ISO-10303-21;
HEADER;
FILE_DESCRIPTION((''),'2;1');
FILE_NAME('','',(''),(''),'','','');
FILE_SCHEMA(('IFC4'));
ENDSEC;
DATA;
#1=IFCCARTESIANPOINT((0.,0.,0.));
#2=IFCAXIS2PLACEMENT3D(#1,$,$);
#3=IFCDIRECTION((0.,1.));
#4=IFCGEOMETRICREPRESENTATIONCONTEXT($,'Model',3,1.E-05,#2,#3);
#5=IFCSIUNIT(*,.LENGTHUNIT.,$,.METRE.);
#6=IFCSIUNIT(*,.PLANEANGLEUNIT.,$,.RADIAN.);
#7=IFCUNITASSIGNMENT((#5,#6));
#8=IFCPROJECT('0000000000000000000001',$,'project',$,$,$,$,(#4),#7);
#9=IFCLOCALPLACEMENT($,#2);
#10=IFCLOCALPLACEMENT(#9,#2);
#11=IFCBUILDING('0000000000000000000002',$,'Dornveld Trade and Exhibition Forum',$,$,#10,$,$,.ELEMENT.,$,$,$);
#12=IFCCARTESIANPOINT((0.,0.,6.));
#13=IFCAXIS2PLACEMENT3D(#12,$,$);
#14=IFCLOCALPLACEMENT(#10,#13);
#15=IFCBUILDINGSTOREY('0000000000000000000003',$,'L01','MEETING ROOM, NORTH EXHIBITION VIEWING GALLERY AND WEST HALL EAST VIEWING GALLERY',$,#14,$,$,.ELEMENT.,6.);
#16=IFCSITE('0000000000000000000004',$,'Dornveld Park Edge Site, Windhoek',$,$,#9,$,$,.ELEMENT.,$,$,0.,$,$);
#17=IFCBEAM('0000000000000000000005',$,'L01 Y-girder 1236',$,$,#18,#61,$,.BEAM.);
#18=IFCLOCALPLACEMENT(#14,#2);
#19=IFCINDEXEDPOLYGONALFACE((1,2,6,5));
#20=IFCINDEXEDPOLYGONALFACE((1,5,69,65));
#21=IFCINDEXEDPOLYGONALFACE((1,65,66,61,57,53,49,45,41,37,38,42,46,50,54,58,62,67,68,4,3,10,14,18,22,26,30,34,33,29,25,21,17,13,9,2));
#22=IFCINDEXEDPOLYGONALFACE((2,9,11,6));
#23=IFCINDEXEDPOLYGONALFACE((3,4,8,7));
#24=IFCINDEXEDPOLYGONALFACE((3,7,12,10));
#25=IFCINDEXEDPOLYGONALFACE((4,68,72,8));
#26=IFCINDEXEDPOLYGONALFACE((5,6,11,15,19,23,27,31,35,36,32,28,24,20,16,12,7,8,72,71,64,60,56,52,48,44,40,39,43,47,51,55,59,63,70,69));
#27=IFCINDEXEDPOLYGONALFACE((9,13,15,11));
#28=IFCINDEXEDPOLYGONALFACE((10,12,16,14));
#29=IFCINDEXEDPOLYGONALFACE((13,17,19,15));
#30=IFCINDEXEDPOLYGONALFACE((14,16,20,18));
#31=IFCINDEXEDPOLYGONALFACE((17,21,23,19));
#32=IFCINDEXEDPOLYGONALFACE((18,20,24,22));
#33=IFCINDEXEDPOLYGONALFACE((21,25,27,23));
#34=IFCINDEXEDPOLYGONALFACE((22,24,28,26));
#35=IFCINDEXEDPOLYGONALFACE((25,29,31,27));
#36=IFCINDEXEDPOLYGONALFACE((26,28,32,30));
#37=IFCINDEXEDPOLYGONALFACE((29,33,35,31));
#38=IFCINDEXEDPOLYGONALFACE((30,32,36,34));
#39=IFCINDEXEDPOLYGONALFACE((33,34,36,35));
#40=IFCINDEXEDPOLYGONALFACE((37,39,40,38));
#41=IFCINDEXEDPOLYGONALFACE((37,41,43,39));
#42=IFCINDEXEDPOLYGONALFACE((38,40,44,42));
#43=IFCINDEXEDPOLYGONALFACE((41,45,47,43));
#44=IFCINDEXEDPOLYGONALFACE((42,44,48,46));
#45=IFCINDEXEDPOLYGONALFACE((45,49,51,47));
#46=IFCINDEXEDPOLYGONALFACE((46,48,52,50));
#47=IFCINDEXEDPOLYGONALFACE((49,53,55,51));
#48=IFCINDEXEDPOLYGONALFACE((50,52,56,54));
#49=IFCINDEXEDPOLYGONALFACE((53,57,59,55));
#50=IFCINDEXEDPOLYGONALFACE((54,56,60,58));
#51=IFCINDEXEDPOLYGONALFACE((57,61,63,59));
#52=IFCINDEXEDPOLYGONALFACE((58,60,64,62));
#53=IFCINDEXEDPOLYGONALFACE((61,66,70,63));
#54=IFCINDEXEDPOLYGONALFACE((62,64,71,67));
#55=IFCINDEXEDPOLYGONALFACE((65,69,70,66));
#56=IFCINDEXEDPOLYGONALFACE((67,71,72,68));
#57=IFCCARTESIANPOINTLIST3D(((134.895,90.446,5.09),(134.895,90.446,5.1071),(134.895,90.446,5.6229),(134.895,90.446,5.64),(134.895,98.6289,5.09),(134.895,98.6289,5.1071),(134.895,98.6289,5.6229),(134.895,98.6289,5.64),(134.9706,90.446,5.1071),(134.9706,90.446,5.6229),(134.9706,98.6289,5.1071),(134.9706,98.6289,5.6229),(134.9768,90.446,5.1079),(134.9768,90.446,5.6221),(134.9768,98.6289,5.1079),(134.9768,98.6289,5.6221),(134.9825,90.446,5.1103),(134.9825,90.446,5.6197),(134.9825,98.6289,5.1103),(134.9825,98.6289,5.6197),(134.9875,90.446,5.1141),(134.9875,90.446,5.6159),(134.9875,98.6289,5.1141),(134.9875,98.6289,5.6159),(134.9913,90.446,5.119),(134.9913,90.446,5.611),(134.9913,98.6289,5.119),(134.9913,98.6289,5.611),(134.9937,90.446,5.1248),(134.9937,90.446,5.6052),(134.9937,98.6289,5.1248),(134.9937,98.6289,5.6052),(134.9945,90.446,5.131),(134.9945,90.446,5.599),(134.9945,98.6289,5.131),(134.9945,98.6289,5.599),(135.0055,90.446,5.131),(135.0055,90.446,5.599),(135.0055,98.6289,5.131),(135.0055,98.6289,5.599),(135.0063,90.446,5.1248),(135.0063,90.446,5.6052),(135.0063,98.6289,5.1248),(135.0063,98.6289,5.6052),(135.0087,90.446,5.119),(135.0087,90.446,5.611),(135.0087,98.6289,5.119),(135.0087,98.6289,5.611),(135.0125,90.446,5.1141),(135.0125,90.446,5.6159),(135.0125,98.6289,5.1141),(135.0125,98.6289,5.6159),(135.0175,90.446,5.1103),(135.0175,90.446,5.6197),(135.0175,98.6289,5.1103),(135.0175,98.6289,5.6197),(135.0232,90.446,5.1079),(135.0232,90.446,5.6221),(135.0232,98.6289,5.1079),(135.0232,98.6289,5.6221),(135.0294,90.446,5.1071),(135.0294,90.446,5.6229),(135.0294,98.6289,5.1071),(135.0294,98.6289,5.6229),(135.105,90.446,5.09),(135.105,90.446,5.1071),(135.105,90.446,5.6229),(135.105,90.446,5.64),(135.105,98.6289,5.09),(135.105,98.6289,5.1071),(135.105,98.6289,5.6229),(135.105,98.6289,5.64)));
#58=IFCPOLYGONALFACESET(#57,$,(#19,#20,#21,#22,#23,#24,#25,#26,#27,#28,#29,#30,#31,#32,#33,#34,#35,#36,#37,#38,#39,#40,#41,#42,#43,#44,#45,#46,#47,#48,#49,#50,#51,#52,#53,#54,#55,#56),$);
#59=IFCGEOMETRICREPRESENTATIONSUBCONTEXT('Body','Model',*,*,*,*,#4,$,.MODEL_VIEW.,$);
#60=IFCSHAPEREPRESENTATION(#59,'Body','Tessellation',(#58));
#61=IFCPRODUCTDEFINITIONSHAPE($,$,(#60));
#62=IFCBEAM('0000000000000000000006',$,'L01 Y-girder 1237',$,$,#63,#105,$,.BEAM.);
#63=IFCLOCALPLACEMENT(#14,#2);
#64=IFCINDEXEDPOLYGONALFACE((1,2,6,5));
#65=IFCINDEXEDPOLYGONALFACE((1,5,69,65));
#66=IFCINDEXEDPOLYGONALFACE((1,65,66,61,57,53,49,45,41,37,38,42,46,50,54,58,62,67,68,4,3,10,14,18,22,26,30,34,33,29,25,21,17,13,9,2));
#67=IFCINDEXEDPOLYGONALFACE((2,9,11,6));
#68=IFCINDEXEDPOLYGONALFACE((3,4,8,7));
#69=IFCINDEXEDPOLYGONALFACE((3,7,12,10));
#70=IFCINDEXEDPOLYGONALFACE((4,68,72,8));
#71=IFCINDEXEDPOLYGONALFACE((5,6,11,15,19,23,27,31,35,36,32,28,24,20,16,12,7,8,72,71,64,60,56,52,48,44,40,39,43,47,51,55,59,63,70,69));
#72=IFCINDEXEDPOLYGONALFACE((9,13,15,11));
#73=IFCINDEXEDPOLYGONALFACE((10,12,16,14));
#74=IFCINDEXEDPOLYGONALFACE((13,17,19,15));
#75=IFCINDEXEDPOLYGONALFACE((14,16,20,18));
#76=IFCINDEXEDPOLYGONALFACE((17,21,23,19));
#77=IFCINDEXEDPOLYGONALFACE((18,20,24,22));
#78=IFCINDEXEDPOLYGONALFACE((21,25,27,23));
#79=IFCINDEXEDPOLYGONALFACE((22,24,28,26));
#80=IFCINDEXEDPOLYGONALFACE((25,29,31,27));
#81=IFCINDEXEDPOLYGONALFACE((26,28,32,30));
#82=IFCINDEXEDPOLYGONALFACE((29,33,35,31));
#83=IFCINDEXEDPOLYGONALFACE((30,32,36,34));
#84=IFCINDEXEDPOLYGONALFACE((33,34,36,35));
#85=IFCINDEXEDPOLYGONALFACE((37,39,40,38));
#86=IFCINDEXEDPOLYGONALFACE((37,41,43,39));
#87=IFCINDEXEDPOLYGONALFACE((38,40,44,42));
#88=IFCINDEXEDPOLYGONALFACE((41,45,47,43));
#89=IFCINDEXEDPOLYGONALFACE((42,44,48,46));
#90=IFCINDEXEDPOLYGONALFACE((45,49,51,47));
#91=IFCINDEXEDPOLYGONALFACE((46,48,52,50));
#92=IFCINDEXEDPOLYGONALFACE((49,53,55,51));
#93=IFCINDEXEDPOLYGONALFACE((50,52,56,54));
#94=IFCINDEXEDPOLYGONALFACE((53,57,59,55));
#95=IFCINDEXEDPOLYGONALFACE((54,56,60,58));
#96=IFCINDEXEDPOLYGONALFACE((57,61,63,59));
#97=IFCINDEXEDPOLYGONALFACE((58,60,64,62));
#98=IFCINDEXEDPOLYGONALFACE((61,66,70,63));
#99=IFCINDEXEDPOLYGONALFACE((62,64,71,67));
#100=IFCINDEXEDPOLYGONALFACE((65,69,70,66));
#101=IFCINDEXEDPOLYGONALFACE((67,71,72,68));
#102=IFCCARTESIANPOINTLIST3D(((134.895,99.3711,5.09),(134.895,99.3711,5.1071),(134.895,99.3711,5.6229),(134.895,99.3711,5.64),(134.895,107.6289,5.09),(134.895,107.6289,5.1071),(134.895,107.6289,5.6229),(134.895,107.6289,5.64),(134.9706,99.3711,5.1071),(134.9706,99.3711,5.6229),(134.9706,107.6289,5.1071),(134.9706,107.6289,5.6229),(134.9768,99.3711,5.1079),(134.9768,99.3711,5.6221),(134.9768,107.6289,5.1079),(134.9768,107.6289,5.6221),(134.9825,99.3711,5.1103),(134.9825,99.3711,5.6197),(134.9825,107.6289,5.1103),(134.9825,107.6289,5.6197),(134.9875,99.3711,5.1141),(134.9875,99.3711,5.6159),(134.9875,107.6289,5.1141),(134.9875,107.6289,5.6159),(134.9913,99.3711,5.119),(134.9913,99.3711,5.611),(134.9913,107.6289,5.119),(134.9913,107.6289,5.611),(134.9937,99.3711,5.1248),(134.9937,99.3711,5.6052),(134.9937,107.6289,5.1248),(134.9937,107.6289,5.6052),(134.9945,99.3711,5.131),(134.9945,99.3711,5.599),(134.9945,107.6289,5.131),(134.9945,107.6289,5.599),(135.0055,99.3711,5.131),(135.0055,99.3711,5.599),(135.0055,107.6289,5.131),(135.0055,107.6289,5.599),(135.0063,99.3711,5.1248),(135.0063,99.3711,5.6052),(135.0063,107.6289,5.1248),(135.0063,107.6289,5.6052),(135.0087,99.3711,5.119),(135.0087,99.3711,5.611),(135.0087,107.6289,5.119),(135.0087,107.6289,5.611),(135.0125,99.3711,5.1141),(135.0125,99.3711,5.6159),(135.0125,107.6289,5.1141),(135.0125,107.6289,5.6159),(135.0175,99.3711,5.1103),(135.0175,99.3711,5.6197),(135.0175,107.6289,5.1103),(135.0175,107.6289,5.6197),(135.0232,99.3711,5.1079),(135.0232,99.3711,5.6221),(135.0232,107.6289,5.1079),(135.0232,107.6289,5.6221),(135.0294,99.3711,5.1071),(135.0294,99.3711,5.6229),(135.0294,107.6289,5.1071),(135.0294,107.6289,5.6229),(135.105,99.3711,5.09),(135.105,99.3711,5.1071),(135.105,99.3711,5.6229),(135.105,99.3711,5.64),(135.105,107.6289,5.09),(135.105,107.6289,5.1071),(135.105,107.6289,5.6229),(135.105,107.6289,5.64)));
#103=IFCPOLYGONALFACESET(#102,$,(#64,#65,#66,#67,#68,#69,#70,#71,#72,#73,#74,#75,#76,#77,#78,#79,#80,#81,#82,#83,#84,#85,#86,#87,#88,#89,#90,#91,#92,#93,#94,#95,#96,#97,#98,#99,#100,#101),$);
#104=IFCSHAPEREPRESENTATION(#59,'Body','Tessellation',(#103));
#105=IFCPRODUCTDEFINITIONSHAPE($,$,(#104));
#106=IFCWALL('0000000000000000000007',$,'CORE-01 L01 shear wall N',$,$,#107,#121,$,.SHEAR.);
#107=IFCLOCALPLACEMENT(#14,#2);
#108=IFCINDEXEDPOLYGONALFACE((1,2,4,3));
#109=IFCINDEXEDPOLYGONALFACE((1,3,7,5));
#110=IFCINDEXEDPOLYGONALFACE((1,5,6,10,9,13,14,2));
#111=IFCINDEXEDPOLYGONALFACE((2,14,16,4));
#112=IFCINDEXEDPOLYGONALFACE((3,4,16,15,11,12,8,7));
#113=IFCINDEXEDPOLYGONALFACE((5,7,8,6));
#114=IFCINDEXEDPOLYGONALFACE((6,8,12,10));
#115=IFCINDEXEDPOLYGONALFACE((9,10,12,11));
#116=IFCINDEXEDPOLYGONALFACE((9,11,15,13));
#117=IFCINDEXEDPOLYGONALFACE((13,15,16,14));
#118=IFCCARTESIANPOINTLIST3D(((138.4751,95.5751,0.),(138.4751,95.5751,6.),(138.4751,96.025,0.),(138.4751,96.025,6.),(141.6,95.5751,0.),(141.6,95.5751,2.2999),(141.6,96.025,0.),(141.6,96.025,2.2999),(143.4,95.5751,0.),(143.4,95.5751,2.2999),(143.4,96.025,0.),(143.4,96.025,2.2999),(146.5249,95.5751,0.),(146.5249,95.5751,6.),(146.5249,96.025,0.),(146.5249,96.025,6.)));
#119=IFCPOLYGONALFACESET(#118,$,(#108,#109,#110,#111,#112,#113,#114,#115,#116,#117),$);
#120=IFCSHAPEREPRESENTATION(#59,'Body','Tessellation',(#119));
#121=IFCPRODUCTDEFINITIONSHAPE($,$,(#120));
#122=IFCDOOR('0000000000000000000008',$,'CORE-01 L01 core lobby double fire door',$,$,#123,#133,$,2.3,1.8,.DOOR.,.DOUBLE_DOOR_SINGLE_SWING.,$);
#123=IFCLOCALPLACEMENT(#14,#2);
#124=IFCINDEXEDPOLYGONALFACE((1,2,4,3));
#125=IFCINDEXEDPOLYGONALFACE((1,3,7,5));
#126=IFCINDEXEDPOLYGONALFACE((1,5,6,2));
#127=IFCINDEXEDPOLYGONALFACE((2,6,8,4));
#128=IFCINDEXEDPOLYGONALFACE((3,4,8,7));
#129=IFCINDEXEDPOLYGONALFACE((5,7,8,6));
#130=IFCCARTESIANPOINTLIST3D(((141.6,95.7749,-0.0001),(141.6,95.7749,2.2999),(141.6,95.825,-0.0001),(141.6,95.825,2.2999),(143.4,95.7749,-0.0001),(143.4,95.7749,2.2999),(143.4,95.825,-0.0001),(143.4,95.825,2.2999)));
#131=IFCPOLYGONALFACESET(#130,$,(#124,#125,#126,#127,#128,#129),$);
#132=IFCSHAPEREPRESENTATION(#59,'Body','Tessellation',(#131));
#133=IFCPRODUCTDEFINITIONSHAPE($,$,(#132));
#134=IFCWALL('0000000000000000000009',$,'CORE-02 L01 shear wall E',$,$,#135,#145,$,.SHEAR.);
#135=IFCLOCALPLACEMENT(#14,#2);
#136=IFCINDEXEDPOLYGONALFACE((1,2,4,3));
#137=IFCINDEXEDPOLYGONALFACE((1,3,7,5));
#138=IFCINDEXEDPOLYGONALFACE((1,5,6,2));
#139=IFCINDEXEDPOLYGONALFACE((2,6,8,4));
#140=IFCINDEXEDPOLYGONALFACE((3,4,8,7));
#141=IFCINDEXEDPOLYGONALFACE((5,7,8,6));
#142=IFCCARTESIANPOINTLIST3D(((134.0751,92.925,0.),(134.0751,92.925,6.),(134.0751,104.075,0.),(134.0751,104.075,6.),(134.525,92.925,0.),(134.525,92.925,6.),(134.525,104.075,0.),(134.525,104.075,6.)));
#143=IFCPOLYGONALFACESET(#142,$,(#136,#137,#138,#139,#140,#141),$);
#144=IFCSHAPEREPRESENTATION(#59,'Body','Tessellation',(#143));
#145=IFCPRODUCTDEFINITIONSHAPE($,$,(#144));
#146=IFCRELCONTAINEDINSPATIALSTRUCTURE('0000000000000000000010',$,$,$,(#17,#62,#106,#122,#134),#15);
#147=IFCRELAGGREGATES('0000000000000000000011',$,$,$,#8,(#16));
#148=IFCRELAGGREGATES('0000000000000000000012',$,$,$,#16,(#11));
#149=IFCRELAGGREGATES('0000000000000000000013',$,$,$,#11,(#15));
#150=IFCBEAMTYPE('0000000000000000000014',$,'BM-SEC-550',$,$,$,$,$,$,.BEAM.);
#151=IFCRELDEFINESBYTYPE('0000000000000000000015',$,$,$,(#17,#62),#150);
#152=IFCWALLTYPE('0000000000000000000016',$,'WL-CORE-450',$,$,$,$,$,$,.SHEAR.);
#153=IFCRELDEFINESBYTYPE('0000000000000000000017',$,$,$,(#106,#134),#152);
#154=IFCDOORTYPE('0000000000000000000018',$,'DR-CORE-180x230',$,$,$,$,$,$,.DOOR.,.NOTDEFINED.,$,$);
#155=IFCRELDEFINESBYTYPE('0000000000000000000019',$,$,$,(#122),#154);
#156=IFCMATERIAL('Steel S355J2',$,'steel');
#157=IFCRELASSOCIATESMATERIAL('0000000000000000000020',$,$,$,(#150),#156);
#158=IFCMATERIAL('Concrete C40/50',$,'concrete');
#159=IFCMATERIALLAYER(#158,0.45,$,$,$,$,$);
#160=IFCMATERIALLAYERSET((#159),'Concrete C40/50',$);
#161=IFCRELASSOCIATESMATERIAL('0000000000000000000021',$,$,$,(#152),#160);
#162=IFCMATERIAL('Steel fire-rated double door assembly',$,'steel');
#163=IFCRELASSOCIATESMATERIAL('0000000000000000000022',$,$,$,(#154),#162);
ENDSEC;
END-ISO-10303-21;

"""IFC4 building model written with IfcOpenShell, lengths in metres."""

from ifc_helpers import new_model, si_unit, direction, frame, frame_2d, origin, origin_2d, place, context, subcontext, project, spatial, rectangle, i_section, extrude, material, layer, layer_set, material_profile, profile_set, type_object, element, fill, save


model = new_model("IFC4")

# Units and contexts
model_context = context("Model", 3, precision=1e-05, world=origin(), true_north=direction((0.0, 1.0)))
body_context = subcontext(model_context, "Body", "Model", "MODEL_VIEW")
ifc_project = project(units=[si_unit("LENGTHUNIT", "METRE"), si_unit("PLANEANGLEUNIT", "RADIAN")], contexts=[model_context])

# Site, building, storey
site_placement = place(None, origin())
site = spatial("IfcSite", under=ifc_project, at=site_placement, Name="Dornveld Park Edge Site, Windhoek", CompositionType="ELEMENT", RefElevation=0.0)
building_placement = place(site_placement, origin())
building = spatial("IfcBuilding", under=site, at=building_placement, Name="Dornveld Trade and Exhibition Forum", CompositionType="ELEMENT")
storey_placement = place(building_placement, frame((0.0, 0.0, 6.0)))
storey = spatial("IfcBuildingStorey", under=building, at=storey_placement, Name="L01", Description="MEETING ROOM, NORTH EXHIBITION VIEWING GALLERY AND WEST HALL EAST VIEWING GALLERY", CompositionType="ELEMENT", Elevation=6.0)

# Beams
ifc_material_1 = material(Name="Steel S355J2", Category="steel")
ifc_material_profile_1 = material_profile(ifc_material_1, i_section(OverallWidth=0.21, OverallDepth=0.55, WebThickness=0.011, FlangeThickness=0.0171, FilletRadius=0.0239, at=origin_2d()), Name="IPE 550")
ifc_profile_set_1 = profile_set([ifc_material_profile_1], Name="Steel S355J2")
beam_type_1 = type_object("IfcBeamType", Name="BM-SEC-550", PredefinedType="BEAM", material=ifc_profile_set_1)
beam_1_placement = place(storey_placement, frame((135.0, 90.446, 5.365), z_axis=(0.0, 1.0, 0.0), x_axis=(-1.0, 0.0, 0.0)))
element("IfcBeam", 1, at=beam_1_placement, inside=storey, type_object=beam_type_1, Name="L01 Y-girder 1236", PredefinedType="BEAM", context=body_context, shape_type="SweptSolid", body=[
    extrude(i_section(OverallWidth=0.21, OverallDepth=0.55, WebThickness=0.011, FlangeThickness=0.0171, FilletRadius=0.0239, at=origin_2d()), origin(), (0.0, 0.0, 1.0), 8.1829),
])
beam_2_placement = place(storey_placement, frame((135.0, 99.3711, 5.365), z_axis=(0.0, 1.0, 0.0), x_axis=(-1.0, 0.0, 0.0)))
element("IfcBeam", 2, at=beam_2_placement, inside=storey, type_object=beam_type_1, Name="L01 Y-girder 1237", PredefinedType="BEAM", context=body_context, shape_type="SweptSolid", body=[
    extrude(i_section(OverallWidth=0.21, OverallDepth=0.55, WebThickness=0.011, FlangeThickness=0.0171, FilletRadius=0.0239, at=origin_2d()), origin(), (0.0, 0.0, 1.0), 8.2578),
])

# Wall, opening, door
ifc_material_2 = material(Name="Concrete C40/50", Category="concrete")
ifc_layer_1 = layer(ifc_material_2, 0.45)
ifc_layer_set_1 = layer_set([ifc_layer_1], Name="Concrete C40/50")
wall_type_1 = type_object("IfcWallType", Name="WL-CORE-450", PredefinedType="SHEAR", material=ifc_layer_set_1)
wall_1_placement = place(storey_placement, frame((138.4751, 95.8, 0.0), z_axis=(0.0, 0.0, 1.0), x_axis=(1.0, 0.0, 0.0)))
wall_1 = element("IfcWall", 3, at=wall_1_placement, inside=storey, type_object=wall_type_1, Name="CORE-01 L01 shear wall N", PredefinedType="SHEAR", context=body_context, shape_type="SweptSolid", body=[
    extrude(rectangle(XDim=8.0498, YDim=0.45, at=frame_2d((4.0249, 0.0))), origin(), (0.0, 0.0, 1.0), 6.0),
])
opening_1_placement = place(wall_1_placement, frame((3.125, 0.0, 0.0)))
opening_1 = element("IfcOpeningElement", 4, at=opening_1_placement, cuts=wall_1, PredefinedType="OPENING", context=body_context, shape_type="SweptSolid", body=[
    extrude(rectangle(XDim=1.8, YDim=2.3, at=frame_2d((0.8999, 1.1499))), frame((0.0, 0.2349, 0.0), z_axis=(0.0, -1.0, 0.0), x_axis=(1.0, 0.0, 0.0)), (0.0, 0.0, 1.0), 0.47),
])
ifc_material_3 = material(Name="Steel fire-rated double door assembly", Category="steel")
door_type_1 = type_object("IfcDoorType", Name="DR-CORE-180x230", OperationType="NOTDEFINED", PredefinedType="DOOR", material=ifc_material_3)
door_1_placement = place(opening_1_placement, origin())
door_1 = element("IfcDoor", 5, at=door_1_placement, inside=storey, type_object=door_type_1, Name="CORE-01 L01 core lobby double fire door", OperationType="DOUBLE_DOOR_SINGLE_SWING", OverallHeight=2.3, OverallWidth=1.8, PredefinedType="DOOR", context=body_context, shape_type="SweptSolid", body=[
    extrude(rectangle(XDim=1.8, YDim=2.3, at=frame_2d((0.8999, 1.1499))), frame((0.0, 0.0249, 0.0), z_axis=(0.0, -1.0, 0.0), x_axis=(1.0, 0.0, 0.0)), (0.0, 0.0, 1.0), 0.05),
])
fill(opening_1, door_1)

# Wall
wall_2_placement = place(storey_placement, frame((134.3, 92.925, 0.0), z_axis=(0.0, 0.0, 1.0), x_axis=(0.0, 1.0, 0.0)))
element("IfcWall", 6, at=wall_2_placement, inside=storey, type_object=wall_type_1, Name="CORE-02 L01 shear wall E", PredefinedType="SHEAR", context=body_context, shape_type="SweptSolid", body=[
    extrude(rectangle(XDim=11.1499, YDim=0.45, at=frame_2d((5.575, 0.0))), origin(), (0.0, 0.0, 1.0), 6.0),
])

save(model, "model.ifc")
